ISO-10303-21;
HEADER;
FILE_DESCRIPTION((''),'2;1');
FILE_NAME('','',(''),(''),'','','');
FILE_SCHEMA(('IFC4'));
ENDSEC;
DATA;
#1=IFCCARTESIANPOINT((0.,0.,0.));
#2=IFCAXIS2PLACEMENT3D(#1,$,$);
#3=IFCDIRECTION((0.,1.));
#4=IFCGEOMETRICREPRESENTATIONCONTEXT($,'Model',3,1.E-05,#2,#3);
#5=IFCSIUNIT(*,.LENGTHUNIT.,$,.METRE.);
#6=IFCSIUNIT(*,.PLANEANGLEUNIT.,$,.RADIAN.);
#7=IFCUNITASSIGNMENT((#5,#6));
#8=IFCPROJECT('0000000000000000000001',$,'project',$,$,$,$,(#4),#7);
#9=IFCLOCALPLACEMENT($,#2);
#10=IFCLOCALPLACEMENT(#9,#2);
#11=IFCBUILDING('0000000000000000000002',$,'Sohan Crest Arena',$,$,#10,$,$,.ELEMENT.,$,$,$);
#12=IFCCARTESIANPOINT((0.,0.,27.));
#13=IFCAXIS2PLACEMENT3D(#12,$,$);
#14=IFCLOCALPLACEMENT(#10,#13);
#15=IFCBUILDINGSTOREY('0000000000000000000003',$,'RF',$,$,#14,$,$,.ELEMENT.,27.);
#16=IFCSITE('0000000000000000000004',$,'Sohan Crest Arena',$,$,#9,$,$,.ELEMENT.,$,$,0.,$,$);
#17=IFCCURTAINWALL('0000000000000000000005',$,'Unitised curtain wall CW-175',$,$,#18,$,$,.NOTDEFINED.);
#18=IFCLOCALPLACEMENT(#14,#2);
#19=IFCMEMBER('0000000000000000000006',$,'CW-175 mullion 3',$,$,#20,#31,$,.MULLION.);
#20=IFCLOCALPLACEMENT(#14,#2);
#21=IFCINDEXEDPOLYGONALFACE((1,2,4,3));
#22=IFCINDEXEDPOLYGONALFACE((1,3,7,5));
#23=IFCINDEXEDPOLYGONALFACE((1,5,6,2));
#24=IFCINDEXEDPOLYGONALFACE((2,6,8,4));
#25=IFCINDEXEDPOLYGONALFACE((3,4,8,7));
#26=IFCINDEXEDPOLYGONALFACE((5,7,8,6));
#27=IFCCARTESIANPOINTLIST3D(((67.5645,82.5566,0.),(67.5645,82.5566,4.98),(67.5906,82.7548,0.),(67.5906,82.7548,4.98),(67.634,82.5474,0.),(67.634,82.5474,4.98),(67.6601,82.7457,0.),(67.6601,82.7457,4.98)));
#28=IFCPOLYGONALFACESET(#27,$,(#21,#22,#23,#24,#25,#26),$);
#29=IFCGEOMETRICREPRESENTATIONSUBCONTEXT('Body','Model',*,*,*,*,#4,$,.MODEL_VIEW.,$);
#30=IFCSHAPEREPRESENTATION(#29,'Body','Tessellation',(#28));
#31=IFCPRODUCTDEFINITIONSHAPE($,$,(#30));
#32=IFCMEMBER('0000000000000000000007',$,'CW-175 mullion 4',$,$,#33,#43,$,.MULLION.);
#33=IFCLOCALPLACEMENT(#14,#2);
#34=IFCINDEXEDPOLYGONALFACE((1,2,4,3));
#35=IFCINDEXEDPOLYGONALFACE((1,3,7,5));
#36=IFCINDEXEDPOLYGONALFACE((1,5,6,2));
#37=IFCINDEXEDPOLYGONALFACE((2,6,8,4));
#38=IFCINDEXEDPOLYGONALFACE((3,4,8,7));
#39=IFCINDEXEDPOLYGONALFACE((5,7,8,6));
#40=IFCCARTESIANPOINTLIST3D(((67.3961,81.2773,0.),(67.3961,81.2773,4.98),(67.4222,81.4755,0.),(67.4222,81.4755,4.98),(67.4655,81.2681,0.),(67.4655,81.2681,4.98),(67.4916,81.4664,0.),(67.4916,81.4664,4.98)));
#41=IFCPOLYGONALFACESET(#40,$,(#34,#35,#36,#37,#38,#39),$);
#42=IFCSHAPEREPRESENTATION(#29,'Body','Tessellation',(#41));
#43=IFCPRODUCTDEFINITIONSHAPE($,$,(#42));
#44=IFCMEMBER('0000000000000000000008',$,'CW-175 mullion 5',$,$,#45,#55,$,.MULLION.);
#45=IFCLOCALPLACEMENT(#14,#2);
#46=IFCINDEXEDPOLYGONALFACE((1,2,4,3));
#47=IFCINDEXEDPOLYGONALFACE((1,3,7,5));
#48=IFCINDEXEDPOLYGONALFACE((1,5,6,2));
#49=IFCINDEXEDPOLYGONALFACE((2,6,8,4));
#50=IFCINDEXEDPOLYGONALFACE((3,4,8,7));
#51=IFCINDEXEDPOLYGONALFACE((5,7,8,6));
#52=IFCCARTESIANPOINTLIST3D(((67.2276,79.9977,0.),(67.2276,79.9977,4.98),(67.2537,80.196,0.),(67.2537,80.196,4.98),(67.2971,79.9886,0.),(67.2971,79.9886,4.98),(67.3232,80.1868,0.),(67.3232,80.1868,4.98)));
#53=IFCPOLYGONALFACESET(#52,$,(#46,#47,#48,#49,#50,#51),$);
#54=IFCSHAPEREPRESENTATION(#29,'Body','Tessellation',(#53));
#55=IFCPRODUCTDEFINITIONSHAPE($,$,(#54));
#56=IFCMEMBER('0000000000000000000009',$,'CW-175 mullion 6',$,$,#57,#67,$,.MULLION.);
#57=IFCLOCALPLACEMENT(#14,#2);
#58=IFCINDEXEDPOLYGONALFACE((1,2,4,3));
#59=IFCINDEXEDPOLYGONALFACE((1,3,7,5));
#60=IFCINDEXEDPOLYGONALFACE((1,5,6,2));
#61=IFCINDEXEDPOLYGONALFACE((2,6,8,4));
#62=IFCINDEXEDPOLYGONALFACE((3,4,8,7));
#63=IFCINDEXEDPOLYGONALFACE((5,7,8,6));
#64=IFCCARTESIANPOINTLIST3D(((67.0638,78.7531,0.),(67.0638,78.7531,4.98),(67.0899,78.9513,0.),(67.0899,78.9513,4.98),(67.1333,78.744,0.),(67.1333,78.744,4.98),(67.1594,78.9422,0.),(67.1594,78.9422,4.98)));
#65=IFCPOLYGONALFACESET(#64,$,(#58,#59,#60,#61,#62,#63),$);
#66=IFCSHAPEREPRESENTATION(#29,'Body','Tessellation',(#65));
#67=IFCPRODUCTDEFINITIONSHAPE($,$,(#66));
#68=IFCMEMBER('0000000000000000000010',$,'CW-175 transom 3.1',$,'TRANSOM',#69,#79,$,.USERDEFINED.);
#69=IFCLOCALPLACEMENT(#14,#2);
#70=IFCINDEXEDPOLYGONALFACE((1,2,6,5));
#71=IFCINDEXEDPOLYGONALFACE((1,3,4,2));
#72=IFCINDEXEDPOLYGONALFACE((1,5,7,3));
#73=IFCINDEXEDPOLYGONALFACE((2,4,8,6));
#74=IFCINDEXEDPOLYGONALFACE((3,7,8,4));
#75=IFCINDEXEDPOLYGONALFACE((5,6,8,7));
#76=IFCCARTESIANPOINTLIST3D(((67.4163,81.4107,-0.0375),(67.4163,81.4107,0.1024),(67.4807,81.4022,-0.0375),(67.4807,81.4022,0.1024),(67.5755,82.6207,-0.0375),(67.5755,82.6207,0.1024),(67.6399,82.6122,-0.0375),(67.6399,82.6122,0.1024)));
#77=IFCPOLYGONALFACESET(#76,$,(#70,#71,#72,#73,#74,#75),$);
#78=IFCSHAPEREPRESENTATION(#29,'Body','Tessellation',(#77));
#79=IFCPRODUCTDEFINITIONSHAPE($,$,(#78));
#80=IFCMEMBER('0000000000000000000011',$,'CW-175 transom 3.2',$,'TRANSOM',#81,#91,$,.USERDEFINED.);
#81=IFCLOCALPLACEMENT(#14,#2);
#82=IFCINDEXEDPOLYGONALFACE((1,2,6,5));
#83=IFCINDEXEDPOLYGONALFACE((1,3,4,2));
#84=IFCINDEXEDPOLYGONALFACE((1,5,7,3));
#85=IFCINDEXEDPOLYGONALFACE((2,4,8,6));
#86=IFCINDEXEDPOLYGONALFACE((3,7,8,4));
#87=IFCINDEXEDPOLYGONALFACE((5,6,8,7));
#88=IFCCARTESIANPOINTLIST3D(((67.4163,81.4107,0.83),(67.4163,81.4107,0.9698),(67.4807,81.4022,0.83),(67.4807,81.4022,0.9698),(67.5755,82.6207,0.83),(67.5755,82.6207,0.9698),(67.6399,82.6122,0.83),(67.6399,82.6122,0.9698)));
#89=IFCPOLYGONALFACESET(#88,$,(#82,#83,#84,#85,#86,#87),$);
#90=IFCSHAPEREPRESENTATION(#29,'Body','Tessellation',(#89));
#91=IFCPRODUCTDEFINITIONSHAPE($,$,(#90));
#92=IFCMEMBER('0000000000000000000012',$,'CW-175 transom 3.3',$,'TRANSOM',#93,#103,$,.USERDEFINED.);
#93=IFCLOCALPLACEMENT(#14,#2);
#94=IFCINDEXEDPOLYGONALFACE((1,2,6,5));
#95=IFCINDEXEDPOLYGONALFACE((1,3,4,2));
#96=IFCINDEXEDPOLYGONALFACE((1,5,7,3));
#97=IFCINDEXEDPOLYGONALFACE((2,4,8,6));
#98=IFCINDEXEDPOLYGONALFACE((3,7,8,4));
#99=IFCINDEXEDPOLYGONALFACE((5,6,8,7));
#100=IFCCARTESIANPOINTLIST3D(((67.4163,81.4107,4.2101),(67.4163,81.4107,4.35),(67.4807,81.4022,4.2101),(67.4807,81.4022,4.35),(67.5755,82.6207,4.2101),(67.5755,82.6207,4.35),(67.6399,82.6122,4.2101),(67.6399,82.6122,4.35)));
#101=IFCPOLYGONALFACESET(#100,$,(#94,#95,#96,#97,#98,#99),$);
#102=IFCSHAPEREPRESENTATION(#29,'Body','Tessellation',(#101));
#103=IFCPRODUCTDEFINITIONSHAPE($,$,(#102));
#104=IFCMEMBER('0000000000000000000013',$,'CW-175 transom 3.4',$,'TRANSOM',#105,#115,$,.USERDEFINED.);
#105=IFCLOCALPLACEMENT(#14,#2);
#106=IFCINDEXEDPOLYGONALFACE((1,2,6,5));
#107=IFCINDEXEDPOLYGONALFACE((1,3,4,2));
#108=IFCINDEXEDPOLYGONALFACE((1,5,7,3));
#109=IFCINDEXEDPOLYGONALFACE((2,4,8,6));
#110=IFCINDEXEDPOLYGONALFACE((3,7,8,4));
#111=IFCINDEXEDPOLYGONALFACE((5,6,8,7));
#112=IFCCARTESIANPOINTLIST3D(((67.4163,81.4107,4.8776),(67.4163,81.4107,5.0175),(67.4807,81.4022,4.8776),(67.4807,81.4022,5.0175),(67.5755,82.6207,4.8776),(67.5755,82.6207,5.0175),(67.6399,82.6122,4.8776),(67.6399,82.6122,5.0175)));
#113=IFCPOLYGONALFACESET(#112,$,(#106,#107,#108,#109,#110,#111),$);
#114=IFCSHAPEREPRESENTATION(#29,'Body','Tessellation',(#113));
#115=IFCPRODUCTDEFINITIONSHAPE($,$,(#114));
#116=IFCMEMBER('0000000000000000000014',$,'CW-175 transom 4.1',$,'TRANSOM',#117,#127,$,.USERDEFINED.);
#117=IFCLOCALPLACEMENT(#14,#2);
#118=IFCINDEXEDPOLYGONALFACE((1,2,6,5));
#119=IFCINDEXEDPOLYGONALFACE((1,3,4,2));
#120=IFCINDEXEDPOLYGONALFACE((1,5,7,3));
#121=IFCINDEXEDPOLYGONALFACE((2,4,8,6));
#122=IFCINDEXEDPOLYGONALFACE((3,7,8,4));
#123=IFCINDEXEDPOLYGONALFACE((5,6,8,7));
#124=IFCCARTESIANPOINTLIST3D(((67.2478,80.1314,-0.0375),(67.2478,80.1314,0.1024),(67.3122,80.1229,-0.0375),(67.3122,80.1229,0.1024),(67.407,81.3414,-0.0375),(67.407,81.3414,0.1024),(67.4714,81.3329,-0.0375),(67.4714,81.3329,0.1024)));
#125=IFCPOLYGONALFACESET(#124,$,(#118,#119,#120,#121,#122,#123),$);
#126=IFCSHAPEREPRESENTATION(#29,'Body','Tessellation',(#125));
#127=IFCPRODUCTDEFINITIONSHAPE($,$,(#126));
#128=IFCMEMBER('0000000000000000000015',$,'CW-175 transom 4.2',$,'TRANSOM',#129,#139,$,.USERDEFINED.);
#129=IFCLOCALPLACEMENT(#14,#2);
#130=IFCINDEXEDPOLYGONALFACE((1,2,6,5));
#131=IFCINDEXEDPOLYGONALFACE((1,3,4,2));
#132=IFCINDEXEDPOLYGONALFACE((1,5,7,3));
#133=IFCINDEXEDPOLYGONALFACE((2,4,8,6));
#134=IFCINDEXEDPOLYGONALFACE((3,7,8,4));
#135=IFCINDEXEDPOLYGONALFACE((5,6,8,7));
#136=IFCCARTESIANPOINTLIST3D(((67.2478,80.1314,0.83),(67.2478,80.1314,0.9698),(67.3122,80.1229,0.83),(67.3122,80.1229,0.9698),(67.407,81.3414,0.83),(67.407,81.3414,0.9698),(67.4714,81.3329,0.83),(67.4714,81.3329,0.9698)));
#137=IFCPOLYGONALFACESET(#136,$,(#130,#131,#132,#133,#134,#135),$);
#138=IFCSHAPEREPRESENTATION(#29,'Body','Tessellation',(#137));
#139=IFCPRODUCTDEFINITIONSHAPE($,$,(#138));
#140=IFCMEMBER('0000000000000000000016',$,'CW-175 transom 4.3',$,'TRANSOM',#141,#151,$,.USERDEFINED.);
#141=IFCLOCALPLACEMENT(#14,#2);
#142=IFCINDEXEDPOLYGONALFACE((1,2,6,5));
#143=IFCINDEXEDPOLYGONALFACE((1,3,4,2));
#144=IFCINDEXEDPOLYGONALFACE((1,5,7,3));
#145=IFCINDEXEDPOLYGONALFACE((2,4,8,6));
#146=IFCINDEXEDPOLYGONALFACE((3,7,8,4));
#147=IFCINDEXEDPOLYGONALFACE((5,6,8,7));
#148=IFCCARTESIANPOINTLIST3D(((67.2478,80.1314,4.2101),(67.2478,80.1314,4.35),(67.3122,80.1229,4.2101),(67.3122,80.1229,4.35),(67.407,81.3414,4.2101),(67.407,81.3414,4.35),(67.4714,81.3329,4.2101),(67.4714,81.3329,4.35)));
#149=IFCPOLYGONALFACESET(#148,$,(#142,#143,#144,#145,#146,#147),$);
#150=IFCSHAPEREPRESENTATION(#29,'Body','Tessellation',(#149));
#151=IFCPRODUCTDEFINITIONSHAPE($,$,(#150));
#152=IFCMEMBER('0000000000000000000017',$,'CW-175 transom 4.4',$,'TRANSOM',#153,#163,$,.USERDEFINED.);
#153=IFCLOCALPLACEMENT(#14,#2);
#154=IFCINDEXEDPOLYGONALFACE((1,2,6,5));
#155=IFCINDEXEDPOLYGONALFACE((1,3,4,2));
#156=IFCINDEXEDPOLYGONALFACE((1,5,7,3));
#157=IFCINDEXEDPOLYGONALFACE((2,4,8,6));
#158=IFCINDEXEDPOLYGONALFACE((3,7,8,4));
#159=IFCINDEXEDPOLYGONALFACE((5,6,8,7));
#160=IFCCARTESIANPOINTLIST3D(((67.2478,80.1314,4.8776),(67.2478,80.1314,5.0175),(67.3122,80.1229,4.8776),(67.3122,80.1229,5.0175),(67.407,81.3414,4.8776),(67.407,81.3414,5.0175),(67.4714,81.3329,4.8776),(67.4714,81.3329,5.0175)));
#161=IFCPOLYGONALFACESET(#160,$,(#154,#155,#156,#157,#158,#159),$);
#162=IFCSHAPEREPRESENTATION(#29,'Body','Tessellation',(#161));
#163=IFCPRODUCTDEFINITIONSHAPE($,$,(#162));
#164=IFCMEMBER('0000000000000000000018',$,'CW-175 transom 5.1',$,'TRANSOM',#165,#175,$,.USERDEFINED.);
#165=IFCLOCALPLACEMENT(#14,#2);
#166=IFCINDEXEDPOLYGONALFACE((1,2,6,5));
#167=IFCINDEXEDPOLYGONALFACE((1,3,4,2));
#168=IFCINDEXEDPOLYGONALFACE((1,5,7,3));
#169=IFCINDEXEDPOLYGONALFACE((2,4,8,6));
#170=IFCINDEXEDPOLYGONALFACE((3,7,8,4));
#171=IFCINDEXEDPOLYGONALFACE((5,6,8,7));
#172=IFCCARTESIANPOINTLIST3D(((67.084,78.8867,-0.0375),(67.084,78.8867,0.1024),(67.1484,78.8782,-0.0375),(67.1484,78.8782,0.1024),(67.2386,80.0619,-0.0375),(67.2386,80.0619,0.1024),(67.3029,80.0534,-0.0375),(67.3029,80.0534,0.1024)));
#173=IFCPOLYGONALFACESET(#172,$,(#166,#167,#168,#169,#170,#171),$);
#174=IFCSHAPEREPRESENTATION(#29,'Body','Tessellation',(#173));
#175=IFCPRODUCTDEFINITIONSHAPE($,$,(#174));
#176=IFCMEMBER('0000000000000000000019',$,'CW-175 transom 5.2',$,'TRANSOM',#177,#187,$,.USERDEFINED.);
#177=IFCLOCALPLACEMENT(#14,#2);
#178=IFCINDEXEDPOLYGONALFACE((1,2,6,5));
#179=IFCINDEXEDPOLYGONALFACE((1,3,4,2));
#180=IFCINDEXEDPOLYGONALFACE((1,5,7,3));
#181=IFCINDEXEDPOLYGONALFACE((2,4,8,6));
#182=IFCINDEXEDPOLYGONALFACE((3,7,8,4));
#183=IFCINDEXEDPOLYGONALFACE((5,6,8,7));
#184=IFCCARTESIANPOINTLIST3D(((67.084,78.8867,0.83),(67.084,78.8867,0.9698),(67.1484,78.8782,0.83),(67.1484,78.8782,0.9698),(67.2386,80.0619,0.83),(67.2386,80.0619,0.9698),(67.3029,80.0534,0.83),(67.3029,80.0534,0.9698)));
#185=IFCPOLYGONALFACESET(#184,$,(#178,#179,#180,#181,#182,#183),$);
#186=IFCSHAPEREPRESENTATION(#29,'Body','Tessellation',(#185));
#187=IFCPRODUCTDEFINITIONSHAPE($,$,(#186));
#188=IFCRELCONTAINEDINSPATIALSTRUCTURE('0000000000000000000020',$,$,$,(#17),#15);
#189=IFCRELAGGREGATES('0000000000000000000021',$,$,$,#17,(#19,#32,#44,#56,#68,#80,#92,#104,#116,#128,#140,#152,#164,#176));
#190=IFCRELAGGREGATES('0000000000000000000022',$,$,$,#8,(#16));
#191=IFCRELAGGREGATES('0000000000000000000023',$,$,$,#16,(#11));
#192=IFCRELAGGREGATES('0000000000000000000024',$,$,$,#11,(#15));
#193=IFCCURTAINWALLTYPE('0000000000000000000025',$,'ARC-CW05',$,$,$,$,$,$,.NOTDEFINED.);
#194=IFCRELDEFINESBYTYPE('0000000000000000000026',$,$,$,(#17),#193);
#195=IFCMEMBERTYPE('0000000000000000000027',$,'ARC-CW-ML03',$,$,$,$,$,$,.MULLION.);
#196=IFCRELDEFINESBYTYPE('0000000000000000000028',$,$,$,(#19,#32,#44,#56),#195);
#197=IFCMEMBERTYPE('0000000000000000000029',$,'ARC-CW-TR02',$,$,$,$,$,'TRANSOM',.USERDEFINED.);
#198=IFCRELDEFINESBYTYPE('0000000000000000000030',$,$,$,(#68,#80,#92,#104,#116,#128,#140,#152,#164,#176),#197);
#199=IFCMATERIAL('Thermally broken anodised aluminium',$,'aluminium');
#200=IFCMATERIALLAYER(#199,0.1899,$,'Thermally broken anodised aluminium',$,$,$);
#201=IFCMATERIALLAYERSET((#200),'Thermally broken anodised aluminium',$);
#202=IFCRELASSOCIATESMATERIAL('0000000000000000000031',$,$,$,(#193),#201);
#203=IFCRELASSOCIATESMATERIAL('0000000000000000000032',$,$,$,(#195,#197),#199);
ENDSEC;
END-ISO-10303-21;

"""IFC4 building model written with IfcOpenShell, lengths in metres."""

from ifc_helpers import new_model, si_unit, direction, frame, origin, origin_2d, place, context, subcontext, project, spatial, rectangle, extrude, material, layer, layer_set, material_profile, profile_set, type_object, element, aggregate, save


model = new_model("IFC4")

# Units and contexts
model_context = context("Model", 3, precision=1e-05, world=origin(), true_north=direction((0.0, 1.0)))
body_context = subcontext(model_context, "Body", "Model", "MODEL_VIEW")
ifc_project = project(units=[si_unit("LENGTHUNIT", "METRE"), si_unit("PLANEANGLEUNIT", "RADIAN")], contexts=[model_context])

# Site, building, storey
site_placement = place(None, origin())
site = spatial("IfcSite", under=ifc_project, at=site_placement, Name="Sohan Crest Arena", CompositionType="ELEMENT", RefElevation=0.0)
building_placement = place(site_placement, origin())
building = spatial("IfcBuilding", under=site, at=building_placement, Name="Sohan Crest Arena", CompositionType="ELEMENT")
storey_placement = place(building_placement, frame((0.0, 0.0, 27.0)))
storey = spatial("IfcBuildingStorey", under=building, at=storey_placement, Name="RF", CompositionType="ELEMENT", Elevation=27.0)

# Curtain wall, members
ifc_material_1 = material(Name="Thermally broken anodised aluminium", Category="aluminium")
ifc_layer_1 = layer(ifc_material_1, 0.1899, Name="Thermally broken anodised aluminium")
ifc_layer_set_1 = layer_set([ifc_layer_1], Name="Thermally broken anodised aluminium")
curtain_wall_type = type_object("IfcCurtainWallType", Name="ARC-CW05", PredefinedType="NOTDEFINED", material=ifc_layer_set_1)
curtain_wall_placement = place(storey_placement, origin())
curtain_wall = element("IfcCurtainWall", 1, at=curtain_wall_placement, inside=storey, type_object=curtain_wall_type, Name="Unitised curtain wall CW-175", PredefinedType="NOTDEFINED")
ifc_material_profile_1 = material_profile(ifc_material_1, rectangle(XDim=0.0701, YDim=0.2, at=origin_2d()), Name="ALU-MULL 70x200")
ifc_profile_set_1 = profile_set([ifc_material_profile_1], Name="Thermally broken anodised aluminium")
member_type_1 = type_object("IfcMemberType", Name="ARC-CW-ML03", PredefinedType="MULLION", material=ifc_profile_set_1)
member_1_placement = place(storey_placement, frame((67.6123, 82.6511, 0.0), z_axis=(0.0, 0.0, 1.0), x_axis=(0.991448, -0.130499, 0.0)))
member_1 = element("IfcMember", 2, at=member_1_placement, type_object=member_type_1, Name="CW-175 mullion 3", PredefinedType="MULLION", context=body_context, shape_type="SweptSolid", body=[
    extrude(rectangle(XDim=0.0701, YDim=0.2, at=origin_2d()), origin(), (0.0, 0.0, 1.0), 4.98),
])
member_2_placement = place(storey_placement, frame((67.4438, 81.3718, 0.0), z_axis=(0.0, 0.0, 1.0), x_axis=(0.991448, -0.130499, 0.0)))
member_2 = element("IfcMember", 3, at=member_2_placement, type_object=member_type_1, Name="CW-175 mullion 4", PredefinedType="MULLION", context=body_context, shape_type="SweptSolid", body=[
    extrude(rectangle(XDim=0.0701, YDim=0.2, at=origin_2d()), origin(), (0.0, 0.0, 1.0), 4.98),
])
member_3_placement = place(storey_placement, frame((67.2754, 80.0923, 0.0), z_axis=(0.0, 0.0, 1.0), x_axis=(0.991448, -0.130499, 0.0)))
member_3 = element("IfcMember", 4, at=member_3_placement, type_object=member_type_1, Name="CW-175 mullion 5", PredefinedType="MULLION", context=body_context, shape_type="SweptSolid", body=[
    extrude(rectangle(XDim=0.0701, YDim=0.2, at=origin_2d()), origin(), (0.0, 0.0, 1.0), 4.98),
])
member_4_placement = place(storey_placement, frame((67.1116, 78.8477, 0.0), z_axis=(0.0, 0.0, 1.0), x_axis=(0.991448, -0.130499, 0.0)))
member_4 = element("IfcMember", 5, at=member_4_placement, type_object=member_type_1, Name="CW-175 mullion 6", PredefinedType="MULLION", context=body_context, shape_type="SweptSolid", body=[
    extrude(rectangle(XDim=0.0701, YDim=0.2, at=origin_2d()), origin(), (0.0, 0.0, 1.0), 4.98),
])
ifc_material_profile_2 = material_profile(ifc_material_1, rectangle(XDim=0.0649, YDim=0.1399, at=origin_2d()), Name="ALU-TRAN 65x140")
ifc_profile_set_2 = profile_set([ifc_material_profile_2], Name="Thermally broken anodised aluminium")
member_type_2 = type_object("IfcMemberType", Name="ARC-CW-TR02", ElementType="TRANSOM", PredefinedType="USERDEFINED", material=ifc_profile_set_2)
member_5_placement = place(storey_placement, frame((67.6077, 82.6165, 0.0325), z_axis=(-0.130434, -0.991457, 0.0), x_axis=(0.991457, -0.130434, 0.0)))
member_5 = element("IfcMember", 6, at=member_5_placement, type_object=member_type_2, Name="CW-175 transom 3.1", ObjectType="TRANSOM", PredefinedType="USERDEFINED", context=body_context, shape_type="SweptSolid", body=[
    extrude(rectangle(XDim=0.0649, YDim=0.1399, at=origin_2d()), origin(), (0.0, 0.0, 1.0), 1.2205),
])
member_6_placement = place(storey_placement, frame((67.6077, 82.6165, 0.8999), z_axis=(-0.130434, -0.991457, 0.0), x_axis=(0.991457, -0.130434, 0.0)))
member_6 = element("IfcMember", 7, at=member_6_placement, type_object=member_type_2, Name="CW-175 transom 3.2", ObjectType="TRANSOM", PredefinedType="USERDEFINED", context=body_context, shape_type="SweptSolid", body=[
    extrude(rectangle(XDim=0.0649, YDim=0.1399, at=origin_2d()), origin(), (0.0, 0.0, 1.0), 1.2205),
])
member_7_placement = place(storey_placement, frame((67.6077, 82.6165, 4.28), z_axis=(-0.130434, -0.991457, 0.0), x_axis=(0.991457, -0.130434, 0.0)))
member_7 = element("IfcMember", 8, at=member_7_placement, type_object=member_type_2, Name="CW-175 transom 3.3", ObjectType="TRANSOM", PredefinedType="USERDEFINED", context=body_context, shape_type="SweptSolid", body=[
    extrude(rectangle(XDim=0.0649, YDim=0.1399, at=origin_2d()), origin(), (0.0, 0.0, 1.0), 1.2205),
])
member_8_placement = place(storey_placement, frame((67.6077, 82.6165, 4.9475), z_axis=(-0.130434, -0.991457, 0.0), x_axis=(0.991457, -0.130434, 0.0)))
member_8 = element("IfcMember", 9, at=member_8_placement, type_object=member_type_2, Name="CW-175 transom 3.4", ObjectType="TRANSOM", PredefinedType="USERDEFINED", context=body_context, shape_type="SweptSolid", body=[
    extrude(rectangle(XDim=0.0649, YDim=0.1399, at=origin_2d()), origin(), (0.0, 0.0, 1.0), 1.2205),
])
member_9_placement = place(storey_placement, frame((67.4392, 81.3372, 0.0325), z_axis=(-0.130434, -0.991457, 0.0), x_axis=(0.991457, -0.130434, 0.0)))
member_9 = element("IfcMember", 10, at=member_9_placement, type_object=member_type_2, Name="CW-175 transom 4.1", ObjectType="TRANSOM", PredefinedType="USERDEFINED", context=body_context, shape_type="SweptSolid", body=[
    extrude(rectangle(XDim=0.0649, YDim=0.1399, at=origin_2d()), origin(), (0.0, 0.0, 1.0), 1.2205),
])
member_10_placement = place(storey_placement, frame((67.4392, 81.3372, 0.8999), z_axis=(-0.130434, -0.991457, 0.0), x_axis=(0.991457, -0.130434, 0.0)))
member_10 = element("IfcMember", 11, at=member_10_placement, type_object=member_type_2, Name="CW-175 transom 4.2", ObjectType="TRANSOM", PredefinedType="USERDEFINED", context=body_context, shape_type="SweptSolid", body=[
    extrude(rectangle(XDim=0.0649, YDim=0.1399, at=origin_2d()), origin(), (0.0, 0.0, 1.0), 1.2205),
])
member_11_placement = place(storey_placement, frame((67.4392, 81.3372, 4.28), z_axis=(-0.130434, -0.991457, 0.0), x_axis=(0.991457, -0.130434, 0.0)))
member_11 = element("IfcMember", 12, at=member_11_placement, type_object=member_type_2, Name="CW-175 transom 4.3", ObjectType="TRANSOM", PredefinedType="USERDEFINED", context=body_context, shape_type="SweptSolid", body=[
    extrude(rectangle(XDim=0.0649, YDim=0.1399, at=origin_2d()), origin(), (0.0, 0.0, 1.0), 1.2205),
])
member_12_placement = place(storey_placement, frame((67.4392, 81.3372, 4.9475), z_axis=(-0.130434, -0.991457, 0.0), x_axis=(0.991457, -0.130434, 0.0)))
member_12 = element("IfcMember", 13, at=member_12_placement, type_object=member_type_2, Name="CW-175 transom 4.4", ObjectType="TRANSOM", PredefinedType="USERDEFINED", context=body_context, shape_type="SweptSolid", body=[
    extrude(rectangle(XDim=0.0649, YDim=0.1399, at=origin_2d()), origin(), (0.0, 0.0, 1.0), 1.2205),
])
member_13_placement = place(storey_placement, frame((67.2708, 80.0576, 0.0325), z_axis=(-0.130369, -0.991466, 0.0), x_axis=(0.991466, -0.130369, 0.0)))
member_13 = element("IfcMember", 14, at=member_13_placement, type_object=member_type_2, Name="CW-175 transom 5.1", ObjectType="TRANSOM", PredefinedType="USERDEFINED", context=body_context, shape_type="SweptSolid", body=[
    extrude(rectangle(XDim=0.0649, YDim=0.1399, at=origin_2d()), origin(), (0.0, 0.0, 1.0), 1.1853),
])
member_14_placement = place(storey_placement, frame((67.2708, 80.0576, 0.8999), z_axis=(-0.130369, -0.991466, 0.0), x_axis=(0.991466, -0.130369, 0.0)))
member_14 = element("IfcMember", 15, at=member_14_placement, type_object=member_type_2, Name="CW-175 transom 5.2", ObjectType="TRANSOM", PredefinedType="USERDEFINED", context=body_context, shape_type="SweptSolid", body=[
    extrude(rectangle(XDim=0.0649, YDim=0.1399, at=origin_2d()), origin(), (0.0, 0.0, 1.0), 1.1853),
])
aggregate(curtain_wall, [member_1, member_2, member_3, member_4, member_5, member_6, member_7, member_8, member_9, member_10, member_11, member_12, member_13, member_14])

save(model, "model.ifc")
